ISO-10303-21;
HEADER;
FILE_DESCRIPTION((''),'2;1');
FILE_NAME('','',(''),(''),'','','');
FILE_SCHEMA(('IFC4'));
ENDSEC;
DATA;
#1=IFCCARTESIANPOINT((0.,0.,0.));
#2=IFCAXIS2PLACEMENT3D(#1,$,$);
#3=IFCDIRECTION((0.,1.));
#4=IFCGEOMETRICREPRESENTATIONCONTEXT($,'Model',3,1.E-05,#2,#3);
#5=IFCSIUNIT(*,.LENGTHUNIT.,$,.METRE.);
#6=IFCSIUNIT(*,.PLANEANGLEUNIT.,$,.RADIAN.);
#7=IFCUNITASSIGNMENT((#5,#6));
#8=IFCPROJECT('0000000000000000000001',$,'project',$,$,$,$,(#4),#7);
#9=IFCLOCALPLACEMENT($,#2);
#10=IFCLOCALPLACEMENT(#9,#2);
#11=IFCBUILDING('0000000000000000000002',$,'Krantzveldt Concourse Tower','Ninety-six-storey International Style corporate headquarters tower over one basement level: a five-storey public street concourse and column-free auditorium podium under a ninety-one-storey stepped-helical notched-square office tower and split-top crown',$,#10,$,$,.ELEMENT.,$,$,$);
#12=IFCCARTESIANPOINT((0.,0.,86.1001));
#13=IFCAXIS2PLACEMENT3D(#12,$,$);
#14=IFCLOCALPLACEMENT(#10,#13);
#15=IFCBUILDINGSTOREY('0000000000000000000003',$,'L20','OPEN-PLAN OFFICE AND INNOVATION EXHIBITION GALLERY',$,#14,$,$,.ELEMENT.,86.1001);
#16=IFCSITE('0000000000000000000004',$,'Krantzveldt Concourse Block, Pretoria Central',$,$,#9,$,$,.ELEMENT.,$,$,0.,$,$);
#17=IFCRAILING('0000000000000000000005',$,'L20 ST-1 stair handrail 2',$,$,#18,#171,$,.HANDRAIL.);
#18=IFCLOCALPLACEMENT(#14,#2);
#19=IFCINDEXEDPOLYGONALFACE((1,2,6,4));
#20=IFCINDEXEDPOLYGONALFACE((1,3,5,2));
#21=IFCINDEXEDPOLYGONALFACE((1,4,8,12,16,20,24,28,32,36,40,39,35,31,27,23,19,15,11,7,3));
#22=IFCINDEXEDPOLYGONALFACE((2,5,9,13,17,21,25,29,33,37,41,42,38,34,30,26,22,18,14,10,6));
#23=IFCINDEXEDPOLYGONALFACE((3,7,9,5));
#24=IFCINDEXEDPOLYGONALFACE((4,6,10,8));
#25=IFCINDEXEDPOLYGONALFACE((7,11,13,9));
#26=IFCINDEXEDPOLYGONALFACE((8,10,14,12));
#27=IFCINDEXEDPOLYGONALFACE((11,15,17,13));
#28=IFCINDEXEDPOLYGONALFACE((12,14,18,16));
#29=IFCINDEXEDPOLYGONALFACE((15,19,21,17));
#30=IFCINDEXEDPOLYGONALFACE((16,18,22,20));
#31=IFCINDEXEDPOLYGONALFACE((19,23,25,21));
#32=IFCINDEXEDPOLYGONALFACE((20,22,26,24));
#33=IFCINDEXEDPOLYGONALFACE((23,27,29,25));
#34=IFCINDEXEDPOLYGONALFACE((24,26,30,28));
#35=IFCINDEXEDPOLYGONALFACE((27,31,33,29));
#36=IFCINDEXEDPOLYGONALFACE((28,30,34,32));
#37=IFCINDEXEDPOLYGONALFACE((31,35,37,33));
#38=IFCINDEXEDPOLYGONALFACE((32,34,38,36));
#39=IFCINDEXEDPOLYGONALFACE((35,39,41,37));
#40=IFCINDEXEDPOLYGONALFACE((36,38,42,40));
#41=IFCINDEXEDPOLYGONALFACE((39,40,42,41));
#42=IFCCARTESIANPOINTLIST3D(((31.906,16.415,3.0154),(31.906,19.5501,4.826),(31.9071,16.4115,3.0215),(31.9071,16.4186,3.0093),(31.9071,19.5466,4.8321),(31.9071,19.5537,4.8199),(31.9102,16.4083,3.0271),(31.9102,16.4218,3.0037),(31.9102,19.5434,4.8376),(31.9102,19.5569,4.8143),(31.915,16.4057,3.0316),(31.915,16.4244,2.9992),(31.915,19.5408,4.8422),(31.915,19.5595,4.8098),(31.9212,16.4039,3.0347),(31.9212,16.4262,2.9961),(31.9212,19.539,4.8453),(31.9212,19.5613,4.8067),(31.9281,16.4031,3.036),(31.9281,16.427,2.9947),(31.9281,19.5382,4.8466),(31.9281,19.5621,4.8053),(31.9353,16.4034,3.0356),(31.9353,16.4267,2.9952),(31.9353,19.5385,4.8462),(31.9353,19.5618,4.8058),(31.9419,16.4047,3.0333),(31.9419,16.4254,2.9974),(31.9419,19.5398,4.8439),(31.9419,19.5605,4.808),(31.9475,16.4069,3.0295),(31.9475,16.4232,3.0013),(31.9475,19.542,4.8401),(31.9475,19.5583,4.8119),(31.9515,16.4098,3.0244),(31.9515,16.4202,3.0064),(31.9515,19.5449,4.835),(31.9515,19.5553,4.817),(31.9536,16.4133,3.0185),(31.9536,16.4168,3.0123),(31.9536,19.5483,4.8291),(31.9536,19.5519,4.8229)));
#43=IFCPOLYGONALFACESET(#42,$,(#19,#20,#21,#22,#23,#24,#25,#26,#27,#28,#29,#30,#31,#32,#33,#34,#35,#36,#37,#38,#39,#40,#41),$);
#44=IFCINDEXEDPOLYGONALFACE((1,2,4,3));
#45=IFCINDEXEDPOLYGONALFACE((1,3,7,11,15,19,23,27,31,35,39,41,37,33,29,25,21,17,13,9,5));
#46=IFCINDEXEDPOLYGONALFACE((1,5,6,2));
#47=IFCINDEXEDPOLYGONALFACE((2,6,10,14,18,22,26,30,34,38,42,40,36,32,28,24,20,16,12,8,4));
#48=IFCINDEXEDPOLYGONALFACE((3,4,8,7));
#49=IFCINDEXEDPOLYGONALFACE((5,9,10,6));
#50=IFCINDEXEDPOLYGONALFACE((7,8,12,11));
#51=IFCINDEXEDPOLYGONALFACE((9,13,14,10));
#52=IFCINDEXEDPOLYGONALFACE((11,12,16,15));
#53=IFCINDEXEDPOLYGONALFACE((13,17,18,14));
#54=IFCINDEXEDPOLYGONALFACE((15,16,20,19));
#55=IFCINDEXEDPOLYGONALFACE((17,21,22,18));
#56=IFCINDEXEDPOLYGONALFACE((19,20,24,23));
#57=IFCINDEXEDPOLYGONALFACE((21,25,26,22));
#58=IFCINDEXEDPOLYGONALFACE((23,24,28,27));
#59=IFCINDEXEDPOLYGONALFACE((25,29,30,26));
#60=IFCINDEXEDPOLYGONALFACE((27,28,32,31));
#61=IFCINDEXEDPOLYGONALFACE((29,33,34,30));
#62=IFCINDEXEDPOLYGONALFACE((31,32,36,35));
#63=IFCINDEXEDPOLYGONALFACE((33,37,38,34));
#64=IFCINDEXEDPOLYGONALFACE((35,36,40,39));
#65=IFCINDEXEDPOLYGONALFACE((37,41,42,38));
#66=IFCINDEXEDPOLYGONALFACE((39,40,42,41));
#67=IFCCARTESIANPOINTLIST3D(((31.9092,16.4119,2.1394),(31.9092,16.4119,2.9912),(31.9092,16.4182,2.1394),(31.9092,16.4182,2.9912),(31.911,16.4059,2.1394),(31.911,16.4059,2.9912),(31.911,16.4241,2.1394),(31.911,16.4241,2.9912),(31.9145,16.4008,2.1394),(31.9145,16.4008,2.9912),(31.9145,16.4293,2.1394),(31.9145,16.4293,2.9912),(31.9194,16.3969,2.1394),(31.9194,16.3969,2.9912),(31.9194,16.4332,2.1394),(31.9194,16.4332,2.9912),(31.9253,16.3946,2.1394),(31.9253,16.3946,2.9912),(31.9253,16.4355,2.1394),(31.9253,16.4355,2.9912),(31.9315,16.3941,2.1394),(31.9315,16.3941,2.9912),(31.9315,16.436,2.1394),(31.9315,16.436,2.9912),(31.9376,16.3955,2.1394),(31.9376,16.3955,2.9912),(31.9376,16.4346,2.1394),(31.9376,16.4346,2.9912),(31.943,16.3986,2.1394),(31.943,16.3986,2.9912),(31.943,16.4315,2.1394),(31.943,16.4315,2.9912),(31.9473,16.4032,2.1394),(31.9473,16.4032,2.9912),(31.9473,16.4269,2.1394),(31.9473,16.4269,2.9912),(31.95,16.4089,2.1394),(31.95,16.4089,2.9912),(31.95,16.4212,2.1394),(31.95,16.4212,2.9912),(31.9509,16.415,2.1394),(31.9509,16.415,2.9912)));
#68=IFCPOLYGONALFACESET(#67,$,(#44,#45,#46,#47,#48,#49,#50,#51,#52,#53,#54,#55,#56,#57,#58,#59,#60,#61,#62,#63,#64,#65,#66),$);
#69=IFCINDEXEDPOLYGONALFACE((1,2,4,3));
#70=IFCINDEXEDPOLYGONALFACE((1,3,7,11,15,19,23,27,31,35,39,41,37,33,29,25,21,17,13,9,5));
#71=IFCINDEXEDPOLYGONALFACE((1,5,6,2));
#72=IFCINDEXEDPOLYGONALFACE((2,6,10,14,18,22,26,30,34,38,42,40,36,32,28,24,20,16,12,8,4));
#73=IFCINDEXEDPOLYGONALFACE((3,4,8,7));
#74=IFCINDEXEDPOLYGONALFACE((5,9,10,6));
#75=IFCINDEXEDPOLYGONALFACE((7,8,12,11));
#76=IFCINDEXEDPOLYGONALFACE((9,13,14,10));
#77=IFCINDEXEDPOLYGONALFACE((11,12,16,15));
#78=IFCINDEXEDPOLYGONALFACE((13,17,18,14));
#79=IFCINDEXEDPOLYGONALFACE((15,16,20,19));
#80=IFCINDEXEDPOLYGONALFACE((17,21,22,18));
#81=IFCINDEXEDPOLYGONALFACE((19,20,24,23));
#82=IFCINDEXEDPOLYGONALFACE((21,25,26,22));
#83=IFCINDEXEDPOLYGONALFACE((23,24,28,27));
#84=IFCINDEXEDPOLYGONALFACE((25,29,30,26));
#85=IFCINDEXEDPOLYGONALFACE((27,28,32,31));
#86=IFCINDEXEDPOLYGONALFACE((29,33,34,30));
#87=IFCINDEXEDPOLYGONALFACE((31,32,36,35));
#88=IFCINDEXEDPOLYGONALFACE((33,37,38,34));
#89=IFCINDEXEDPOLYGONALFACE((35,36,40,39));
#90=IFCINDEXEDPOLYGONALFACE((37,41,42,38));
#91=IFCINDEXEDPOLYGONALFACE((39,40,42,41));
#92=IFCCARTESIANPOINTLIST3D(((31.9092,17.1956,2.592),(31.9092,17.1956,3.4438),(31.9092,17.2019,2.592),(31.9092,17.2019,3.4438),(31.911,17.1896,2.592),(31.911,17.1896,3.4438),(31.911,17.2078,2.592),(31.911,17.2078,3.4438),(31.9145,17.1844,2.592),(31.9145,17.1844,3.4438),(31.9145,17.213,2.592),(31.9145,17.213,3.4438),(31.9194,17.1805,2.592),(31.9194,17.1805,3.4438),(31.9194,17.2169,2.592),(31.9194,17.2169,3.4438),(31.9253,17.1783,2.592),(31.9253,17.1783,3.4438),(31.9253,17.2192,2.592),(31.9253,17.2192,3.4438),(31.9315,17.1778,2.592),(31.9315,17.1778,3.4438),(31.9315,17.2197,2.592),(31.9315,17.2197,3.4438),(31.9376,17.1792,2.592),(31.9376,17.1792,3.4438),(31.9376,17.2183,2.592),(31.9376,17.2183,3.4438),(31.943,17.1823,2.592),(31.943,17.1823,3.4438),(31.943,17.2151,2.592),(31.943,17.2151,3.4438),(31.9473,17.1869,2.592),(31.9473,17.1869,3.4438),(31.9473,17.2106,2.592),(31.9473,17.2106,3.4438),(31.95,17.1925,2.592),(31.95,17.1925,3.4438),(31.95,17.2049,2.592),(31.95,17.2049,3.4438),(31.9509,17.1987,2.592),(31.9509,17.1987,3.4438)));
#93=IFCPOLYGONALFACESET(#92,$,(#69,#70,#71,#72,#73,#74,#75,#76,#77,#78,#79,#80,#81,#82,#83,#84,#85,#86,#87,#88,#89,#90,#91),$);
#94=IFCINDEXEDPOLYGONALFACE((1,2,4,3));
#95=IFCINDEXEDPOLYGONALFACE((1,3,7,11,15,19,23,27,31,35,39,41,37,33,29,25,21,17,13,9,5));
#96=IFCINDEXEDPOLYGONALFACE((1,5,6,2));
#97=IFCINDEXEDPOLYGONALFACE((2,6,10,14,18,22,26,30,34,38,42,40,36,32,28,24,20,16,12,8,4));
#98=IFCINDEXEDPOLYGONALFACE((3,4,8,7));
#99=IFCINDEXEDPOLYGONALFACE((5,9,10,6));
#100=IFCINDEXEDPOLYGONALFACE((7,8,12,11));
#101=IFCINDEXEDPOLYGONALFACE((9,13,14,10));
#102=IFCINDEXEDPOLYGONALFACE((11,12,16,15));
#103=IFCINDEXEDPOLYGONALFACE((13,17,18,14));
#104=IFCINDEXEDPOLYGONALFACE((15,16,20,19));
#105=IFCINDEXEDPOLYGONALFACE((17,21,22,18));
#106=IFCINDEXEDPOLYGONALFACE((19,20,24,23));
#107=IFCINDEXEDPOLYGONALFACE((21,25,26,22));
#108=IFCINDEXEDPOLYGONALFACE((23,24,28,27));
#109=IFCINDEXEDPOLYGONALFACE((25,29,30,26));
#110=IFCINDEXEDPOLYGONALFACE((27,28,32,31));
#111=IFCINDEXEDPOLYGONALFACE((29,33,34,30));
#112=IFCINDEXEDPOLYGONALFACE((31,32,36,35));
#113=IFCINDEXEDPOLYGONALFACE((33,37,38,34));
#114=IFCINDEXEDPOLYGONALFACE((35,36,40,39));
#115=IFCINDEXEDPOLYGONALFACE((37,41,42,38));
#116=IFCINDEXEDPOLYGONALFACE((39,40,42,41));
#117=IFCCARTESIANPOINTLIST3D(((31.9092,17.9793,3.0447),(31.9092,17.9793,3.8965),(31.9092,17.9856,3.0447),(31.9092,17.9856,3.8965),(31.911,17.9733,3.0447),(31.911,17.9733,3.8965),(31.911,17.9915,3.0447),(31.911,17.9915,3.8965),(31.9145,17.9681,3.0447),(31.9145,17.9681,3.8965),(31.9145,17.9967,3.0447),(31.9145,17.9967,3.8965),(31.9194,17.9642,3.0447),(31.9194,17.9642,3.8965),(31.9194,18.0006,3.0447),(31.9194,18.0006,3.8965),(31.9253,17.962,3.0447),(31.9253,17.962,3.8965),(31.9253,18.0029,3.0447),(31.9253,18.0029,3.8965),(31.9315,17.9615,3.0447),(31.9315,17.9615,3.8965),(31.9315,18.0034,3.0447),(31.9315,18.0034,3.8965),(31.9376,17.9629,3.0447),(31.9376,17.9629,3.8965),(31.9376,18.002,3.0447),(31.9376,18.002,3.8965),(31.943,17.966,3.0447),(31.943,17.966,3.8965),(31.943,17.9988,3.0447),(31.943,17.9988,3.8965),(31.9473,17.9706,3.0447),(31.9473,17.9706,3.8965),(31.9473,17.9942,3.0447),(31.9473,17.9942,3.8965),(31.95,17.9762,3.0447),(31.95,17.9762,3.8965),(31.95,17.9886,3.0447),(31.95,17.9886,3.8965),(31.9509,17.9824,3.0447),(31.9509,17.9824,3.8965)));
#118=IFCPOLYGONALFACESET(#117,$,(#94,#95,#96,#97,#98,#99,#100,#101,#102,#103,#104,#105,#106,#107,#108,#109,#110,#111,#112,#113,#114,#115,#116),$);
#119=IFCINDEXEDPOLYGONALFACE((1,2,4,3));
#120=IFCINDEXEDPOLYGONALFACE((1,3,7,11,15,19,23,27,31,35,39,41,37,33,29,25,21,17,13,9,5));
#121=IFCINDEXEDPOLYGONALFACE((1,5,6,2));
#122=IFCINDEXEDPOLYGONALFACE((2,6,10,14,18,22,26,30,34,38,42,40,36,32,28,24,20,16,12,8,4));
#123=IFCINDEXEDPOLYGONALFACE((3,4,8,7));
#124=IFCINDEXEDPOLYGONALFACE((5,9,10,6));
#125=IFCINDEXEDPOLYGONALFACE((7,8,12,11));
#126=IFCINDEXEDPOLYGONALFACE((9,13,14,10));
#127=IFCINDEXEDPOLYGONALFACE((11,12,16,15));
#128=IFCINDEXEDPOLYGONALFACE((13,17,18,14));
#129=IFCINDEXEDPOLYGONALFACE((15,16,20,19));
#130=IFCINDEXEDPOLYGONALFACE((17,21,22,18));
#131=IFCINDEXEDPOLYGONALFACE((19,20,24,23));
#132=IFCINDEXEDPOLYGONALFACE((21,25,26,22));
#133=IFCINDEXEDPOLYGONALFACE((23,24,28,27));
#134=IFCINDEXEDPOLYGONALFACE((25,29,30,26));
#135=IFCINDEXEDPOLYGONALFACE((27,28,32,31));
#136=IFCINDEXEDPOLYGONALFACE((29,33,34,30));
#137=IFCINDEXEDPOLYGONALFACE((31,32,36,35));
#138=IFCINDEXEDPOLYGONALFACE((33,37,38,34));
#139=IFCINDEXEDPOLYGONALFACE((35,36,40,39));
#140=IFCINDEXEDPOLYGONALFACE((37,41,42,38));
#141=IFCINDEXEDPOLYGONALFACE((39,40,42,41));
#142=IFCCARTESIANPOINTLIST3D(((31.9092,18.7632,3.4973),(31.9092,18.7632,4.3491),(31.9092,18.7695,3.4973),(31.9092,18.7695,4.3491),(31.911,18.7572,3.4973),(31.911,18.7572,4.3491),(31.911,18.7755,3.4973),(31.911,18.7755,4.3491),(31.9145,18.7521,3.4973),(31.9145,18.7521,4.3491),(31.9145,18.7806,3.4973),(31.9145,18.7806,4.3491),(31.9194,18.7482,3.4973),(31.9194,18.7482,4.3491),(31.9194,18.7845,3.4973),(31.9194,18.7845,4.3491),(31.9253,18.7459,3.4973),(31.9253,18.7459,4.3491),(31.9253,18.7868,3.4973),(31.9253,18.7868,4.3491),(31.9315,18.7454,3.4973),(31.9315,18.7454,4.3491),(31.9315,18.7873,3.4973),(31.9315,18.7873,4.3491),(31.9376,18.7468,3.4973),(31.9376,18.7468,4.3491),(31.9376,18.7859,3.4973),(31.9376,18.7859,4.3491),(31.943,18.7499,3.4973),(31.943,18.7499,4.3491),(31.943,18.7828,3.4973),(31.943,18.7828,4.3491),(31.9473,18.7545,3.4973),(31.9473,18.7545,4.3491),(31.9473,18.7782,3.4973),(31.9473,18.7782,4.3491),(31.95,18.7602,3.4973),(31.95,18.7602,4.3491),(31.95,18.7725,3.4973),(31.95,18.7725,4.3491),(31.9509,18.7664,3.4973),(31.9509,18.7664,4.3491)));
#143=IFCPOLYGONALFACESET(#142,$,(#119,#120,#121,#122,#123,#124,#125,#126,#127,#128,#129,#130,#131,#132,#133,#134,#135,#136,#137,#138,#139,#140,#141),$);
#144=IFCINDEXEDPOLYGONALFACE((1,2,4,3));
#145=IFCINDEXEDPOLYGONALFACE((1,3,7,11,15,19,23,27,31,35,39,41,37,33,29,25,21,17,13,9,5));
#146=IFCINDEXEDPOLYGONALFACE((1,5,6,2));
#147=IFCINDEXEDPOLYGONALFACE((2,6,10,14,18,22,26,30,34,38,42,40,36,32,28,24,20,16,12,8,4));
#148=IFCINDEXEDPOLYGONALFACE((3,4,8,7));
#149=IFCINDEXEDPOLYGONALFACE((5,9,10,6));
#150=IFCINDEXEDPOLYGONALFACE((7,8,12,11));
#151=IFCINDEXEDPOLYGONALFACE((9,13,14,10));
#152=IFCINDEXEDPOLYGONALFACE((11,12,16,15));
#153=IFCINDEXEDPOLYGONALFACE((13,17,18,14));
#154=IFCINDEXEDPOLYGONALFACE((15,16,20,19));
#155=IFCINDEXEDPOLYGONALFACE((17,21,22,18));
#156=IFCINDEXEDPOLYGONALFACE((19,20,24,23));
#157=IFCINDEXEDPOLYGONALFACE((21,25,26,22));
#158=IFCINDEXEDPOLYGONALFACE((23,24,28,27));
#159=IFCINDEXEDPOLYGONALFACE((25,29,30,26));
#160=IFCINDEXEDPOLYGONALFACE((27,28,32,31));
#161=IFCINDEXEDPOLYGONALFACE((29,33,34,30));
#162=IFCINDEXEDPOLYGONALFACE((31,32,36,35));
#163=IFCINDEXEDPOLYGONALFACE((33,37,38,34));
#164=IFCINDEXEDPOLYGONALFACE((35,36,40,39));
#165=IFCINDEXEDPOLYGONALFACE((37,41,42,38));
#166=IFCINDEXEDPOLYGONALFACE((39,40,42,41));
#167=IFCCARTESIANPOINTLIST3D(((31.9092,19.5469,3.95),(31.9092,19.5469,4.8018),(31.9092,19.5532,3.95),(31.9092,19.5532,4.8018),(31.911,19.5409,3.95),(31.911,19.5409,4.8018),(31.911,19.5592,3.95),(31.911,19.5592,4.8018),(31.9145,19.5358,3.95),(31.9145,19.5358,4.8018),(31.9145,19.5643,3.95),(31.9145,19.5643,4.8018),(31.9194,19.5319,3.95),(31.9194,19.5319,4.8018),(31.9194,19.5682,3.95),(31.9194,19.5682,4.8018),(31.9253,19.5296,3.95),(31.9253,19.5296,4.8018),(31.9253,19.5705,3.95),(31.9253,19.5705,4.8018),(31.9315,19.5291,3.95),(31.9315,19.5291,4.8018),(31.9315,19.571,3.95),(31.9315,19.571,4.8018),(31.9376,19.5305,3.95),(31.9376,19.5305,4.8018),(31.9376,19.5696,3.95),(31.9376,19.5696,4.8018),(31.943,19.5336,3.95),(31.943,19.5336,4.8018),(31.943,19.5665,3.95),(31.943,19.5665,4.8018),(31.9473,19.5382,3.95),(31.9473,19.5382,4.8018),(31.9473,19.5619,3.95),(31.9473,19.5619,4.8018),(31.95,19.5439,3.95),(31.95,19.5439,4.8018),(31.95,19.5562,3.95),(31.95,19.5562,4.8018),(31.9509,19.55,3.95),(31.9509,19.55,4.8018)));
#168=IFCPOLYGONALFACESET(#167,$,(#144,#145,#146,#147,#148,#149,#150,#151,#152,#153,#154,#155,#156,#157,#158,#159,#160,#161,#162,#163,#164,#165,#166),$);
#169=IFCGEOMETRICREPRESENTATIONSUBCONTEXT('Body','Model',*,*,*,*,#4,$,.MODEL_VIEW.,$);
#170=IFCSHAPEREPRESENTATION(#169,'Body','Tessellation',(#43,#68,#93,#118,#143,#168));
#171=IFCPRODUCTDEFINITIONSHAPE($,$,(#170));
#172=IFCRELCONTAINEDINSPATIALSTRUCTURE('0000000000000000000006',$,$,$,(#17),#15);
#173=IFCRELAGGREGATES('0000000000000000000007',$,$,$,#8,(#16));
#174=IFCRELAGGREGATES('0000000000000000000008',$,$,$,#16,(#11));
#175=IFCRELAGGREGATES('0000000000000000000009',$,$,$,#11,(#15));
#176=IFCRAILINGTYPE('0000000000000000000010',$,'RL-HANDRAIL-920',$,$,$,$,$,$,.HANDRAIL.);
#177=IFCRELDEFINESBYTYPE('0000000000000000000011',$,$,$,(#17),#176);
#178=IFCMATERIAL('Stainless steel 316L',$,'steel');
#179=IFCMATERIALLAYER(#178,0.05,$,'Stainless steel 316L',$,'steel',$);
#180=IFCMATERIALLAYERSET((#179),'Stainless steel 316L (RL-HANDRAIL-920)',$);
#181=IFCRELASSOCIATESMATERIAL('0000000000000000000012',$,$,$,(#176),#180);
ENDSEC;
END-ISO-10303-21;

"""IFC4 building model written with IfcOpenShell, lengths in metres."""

from ifc_helpers import new_model, si_unit, direction, frame, origin, origin_2d, place, context, subcontext, project, spatial, circle, extrude, material, layer, layer_set, type_object, element, save


model = new_model("IFC4")

# Units and contexts
model_context = context("Model", 3, precision=1e-05, world=origin(), true_north=direction((0.0, 1.0)))
body_context = subcontext(model_context, "Body", "Model", "MODEL_VIEW")
ifc_project = project(units=[si_unit("LENGTHUNIT", "METRE"), si_unit("PLANEANGLEUNIT", "RADIAN")], contexts=[model_context])

# Site, building, storey
site_placement = place(None, origin())
site = spatial("IfcSite", under=ifc_project, at=site_placement, Name="Krantzveldt Concourse Block, Pretoria Central", CompositionType="ELEMENT", RefElevation=0.0)
building_placement = place(site_placement, origin())
building = spatial("IfcBuilding", under=site, at=building_placement, Name="Krantzveldt Concourse Tower", Description="Ninety-six-storey International Style corporate headquarters tower over one basement level: a five-storey public street concourse and column-free auditorium podium under a ninety-one-storey stepped-helical notched-square office tower and split-top crown", CompositionType="ELEMENT")
storey_placement = place(building_placement, frame((0.0, 0.0, 86.1001)))
storey = spatial("IfcBuildingStorey", under=building, at=storey_placement, Name="L20", Description="OPEN-PLAN OFFICE AND INNOVATION EXHIBITION GALLERY", CompositionType="ELEMENT", Elevation=86.1001)

# Railing
ifc_material_1 = material(Name="Stainless steel 316L", Category="steel")
ifc_layer_1 = layer(ifc_material_1, 0.05, Name="Stainless steel 316L", Category="steel")
ifc_layer_set_1 = layer_set([ifc_layer_1], Name="Stainless steel 316L (RL-HANDRAIL-920)")
railing_type_1 = type_object("IfcRailingType", Name="RL-HANDRAIL-920", PredefinedType="HANDRAIL", material=ifc_layer_set_1)
railing_1_placement = place(storey_placement, frame((31.9299, 16.415, 2.1394)))
element("IfcRailing", 1, at=railing_1_placement, inside=storey, type_object=railing_type_1, Name="L20 ST-1 stair handrail 2", PredefinedType="HANDRAIL", context=body_context, shape_type="SweptSolid", body=[
    extrude(circle(Radius=0.0239, at=origin_2d()), frame((0.0, 0.0, 0.876), z_axis=(0.0, 0.86596, 0.500114), x_axis=(-1.0, 0.0, 0.0)), (0.0, 0.0, 1.0), 3.6204),
    extrude(circle(Radius=0.021, at=origin_2d()), origin(), (0.0, 0.0, 1.0), 0.8518),
    extrude(circle(Radius=0.021, at=origin_2d()), frame((0.0, 0.7837, 0.4526)), (0.0, 0.0, 1.0), 0.8518),
    extrude(circle(Radius=0.021, at=origin_2d()), frame((0.0, 1.5674, 0.9053)), (0.0, 0.0, 1.0), 0.8518),
    extrude(circle(Radius=0.021, at=origin_2d()), frame((0.0, 2.3513, 1.3579)), (0.0, 0.0, 1.0), 0.8518),
    extrude(circle(Radius=0.021, at=origin_2d()), frame((0.0, 3.135, 1.8105)), (0.0, 0.0, 1.0), 0.8518),
])

save(model, "model.ifc")
